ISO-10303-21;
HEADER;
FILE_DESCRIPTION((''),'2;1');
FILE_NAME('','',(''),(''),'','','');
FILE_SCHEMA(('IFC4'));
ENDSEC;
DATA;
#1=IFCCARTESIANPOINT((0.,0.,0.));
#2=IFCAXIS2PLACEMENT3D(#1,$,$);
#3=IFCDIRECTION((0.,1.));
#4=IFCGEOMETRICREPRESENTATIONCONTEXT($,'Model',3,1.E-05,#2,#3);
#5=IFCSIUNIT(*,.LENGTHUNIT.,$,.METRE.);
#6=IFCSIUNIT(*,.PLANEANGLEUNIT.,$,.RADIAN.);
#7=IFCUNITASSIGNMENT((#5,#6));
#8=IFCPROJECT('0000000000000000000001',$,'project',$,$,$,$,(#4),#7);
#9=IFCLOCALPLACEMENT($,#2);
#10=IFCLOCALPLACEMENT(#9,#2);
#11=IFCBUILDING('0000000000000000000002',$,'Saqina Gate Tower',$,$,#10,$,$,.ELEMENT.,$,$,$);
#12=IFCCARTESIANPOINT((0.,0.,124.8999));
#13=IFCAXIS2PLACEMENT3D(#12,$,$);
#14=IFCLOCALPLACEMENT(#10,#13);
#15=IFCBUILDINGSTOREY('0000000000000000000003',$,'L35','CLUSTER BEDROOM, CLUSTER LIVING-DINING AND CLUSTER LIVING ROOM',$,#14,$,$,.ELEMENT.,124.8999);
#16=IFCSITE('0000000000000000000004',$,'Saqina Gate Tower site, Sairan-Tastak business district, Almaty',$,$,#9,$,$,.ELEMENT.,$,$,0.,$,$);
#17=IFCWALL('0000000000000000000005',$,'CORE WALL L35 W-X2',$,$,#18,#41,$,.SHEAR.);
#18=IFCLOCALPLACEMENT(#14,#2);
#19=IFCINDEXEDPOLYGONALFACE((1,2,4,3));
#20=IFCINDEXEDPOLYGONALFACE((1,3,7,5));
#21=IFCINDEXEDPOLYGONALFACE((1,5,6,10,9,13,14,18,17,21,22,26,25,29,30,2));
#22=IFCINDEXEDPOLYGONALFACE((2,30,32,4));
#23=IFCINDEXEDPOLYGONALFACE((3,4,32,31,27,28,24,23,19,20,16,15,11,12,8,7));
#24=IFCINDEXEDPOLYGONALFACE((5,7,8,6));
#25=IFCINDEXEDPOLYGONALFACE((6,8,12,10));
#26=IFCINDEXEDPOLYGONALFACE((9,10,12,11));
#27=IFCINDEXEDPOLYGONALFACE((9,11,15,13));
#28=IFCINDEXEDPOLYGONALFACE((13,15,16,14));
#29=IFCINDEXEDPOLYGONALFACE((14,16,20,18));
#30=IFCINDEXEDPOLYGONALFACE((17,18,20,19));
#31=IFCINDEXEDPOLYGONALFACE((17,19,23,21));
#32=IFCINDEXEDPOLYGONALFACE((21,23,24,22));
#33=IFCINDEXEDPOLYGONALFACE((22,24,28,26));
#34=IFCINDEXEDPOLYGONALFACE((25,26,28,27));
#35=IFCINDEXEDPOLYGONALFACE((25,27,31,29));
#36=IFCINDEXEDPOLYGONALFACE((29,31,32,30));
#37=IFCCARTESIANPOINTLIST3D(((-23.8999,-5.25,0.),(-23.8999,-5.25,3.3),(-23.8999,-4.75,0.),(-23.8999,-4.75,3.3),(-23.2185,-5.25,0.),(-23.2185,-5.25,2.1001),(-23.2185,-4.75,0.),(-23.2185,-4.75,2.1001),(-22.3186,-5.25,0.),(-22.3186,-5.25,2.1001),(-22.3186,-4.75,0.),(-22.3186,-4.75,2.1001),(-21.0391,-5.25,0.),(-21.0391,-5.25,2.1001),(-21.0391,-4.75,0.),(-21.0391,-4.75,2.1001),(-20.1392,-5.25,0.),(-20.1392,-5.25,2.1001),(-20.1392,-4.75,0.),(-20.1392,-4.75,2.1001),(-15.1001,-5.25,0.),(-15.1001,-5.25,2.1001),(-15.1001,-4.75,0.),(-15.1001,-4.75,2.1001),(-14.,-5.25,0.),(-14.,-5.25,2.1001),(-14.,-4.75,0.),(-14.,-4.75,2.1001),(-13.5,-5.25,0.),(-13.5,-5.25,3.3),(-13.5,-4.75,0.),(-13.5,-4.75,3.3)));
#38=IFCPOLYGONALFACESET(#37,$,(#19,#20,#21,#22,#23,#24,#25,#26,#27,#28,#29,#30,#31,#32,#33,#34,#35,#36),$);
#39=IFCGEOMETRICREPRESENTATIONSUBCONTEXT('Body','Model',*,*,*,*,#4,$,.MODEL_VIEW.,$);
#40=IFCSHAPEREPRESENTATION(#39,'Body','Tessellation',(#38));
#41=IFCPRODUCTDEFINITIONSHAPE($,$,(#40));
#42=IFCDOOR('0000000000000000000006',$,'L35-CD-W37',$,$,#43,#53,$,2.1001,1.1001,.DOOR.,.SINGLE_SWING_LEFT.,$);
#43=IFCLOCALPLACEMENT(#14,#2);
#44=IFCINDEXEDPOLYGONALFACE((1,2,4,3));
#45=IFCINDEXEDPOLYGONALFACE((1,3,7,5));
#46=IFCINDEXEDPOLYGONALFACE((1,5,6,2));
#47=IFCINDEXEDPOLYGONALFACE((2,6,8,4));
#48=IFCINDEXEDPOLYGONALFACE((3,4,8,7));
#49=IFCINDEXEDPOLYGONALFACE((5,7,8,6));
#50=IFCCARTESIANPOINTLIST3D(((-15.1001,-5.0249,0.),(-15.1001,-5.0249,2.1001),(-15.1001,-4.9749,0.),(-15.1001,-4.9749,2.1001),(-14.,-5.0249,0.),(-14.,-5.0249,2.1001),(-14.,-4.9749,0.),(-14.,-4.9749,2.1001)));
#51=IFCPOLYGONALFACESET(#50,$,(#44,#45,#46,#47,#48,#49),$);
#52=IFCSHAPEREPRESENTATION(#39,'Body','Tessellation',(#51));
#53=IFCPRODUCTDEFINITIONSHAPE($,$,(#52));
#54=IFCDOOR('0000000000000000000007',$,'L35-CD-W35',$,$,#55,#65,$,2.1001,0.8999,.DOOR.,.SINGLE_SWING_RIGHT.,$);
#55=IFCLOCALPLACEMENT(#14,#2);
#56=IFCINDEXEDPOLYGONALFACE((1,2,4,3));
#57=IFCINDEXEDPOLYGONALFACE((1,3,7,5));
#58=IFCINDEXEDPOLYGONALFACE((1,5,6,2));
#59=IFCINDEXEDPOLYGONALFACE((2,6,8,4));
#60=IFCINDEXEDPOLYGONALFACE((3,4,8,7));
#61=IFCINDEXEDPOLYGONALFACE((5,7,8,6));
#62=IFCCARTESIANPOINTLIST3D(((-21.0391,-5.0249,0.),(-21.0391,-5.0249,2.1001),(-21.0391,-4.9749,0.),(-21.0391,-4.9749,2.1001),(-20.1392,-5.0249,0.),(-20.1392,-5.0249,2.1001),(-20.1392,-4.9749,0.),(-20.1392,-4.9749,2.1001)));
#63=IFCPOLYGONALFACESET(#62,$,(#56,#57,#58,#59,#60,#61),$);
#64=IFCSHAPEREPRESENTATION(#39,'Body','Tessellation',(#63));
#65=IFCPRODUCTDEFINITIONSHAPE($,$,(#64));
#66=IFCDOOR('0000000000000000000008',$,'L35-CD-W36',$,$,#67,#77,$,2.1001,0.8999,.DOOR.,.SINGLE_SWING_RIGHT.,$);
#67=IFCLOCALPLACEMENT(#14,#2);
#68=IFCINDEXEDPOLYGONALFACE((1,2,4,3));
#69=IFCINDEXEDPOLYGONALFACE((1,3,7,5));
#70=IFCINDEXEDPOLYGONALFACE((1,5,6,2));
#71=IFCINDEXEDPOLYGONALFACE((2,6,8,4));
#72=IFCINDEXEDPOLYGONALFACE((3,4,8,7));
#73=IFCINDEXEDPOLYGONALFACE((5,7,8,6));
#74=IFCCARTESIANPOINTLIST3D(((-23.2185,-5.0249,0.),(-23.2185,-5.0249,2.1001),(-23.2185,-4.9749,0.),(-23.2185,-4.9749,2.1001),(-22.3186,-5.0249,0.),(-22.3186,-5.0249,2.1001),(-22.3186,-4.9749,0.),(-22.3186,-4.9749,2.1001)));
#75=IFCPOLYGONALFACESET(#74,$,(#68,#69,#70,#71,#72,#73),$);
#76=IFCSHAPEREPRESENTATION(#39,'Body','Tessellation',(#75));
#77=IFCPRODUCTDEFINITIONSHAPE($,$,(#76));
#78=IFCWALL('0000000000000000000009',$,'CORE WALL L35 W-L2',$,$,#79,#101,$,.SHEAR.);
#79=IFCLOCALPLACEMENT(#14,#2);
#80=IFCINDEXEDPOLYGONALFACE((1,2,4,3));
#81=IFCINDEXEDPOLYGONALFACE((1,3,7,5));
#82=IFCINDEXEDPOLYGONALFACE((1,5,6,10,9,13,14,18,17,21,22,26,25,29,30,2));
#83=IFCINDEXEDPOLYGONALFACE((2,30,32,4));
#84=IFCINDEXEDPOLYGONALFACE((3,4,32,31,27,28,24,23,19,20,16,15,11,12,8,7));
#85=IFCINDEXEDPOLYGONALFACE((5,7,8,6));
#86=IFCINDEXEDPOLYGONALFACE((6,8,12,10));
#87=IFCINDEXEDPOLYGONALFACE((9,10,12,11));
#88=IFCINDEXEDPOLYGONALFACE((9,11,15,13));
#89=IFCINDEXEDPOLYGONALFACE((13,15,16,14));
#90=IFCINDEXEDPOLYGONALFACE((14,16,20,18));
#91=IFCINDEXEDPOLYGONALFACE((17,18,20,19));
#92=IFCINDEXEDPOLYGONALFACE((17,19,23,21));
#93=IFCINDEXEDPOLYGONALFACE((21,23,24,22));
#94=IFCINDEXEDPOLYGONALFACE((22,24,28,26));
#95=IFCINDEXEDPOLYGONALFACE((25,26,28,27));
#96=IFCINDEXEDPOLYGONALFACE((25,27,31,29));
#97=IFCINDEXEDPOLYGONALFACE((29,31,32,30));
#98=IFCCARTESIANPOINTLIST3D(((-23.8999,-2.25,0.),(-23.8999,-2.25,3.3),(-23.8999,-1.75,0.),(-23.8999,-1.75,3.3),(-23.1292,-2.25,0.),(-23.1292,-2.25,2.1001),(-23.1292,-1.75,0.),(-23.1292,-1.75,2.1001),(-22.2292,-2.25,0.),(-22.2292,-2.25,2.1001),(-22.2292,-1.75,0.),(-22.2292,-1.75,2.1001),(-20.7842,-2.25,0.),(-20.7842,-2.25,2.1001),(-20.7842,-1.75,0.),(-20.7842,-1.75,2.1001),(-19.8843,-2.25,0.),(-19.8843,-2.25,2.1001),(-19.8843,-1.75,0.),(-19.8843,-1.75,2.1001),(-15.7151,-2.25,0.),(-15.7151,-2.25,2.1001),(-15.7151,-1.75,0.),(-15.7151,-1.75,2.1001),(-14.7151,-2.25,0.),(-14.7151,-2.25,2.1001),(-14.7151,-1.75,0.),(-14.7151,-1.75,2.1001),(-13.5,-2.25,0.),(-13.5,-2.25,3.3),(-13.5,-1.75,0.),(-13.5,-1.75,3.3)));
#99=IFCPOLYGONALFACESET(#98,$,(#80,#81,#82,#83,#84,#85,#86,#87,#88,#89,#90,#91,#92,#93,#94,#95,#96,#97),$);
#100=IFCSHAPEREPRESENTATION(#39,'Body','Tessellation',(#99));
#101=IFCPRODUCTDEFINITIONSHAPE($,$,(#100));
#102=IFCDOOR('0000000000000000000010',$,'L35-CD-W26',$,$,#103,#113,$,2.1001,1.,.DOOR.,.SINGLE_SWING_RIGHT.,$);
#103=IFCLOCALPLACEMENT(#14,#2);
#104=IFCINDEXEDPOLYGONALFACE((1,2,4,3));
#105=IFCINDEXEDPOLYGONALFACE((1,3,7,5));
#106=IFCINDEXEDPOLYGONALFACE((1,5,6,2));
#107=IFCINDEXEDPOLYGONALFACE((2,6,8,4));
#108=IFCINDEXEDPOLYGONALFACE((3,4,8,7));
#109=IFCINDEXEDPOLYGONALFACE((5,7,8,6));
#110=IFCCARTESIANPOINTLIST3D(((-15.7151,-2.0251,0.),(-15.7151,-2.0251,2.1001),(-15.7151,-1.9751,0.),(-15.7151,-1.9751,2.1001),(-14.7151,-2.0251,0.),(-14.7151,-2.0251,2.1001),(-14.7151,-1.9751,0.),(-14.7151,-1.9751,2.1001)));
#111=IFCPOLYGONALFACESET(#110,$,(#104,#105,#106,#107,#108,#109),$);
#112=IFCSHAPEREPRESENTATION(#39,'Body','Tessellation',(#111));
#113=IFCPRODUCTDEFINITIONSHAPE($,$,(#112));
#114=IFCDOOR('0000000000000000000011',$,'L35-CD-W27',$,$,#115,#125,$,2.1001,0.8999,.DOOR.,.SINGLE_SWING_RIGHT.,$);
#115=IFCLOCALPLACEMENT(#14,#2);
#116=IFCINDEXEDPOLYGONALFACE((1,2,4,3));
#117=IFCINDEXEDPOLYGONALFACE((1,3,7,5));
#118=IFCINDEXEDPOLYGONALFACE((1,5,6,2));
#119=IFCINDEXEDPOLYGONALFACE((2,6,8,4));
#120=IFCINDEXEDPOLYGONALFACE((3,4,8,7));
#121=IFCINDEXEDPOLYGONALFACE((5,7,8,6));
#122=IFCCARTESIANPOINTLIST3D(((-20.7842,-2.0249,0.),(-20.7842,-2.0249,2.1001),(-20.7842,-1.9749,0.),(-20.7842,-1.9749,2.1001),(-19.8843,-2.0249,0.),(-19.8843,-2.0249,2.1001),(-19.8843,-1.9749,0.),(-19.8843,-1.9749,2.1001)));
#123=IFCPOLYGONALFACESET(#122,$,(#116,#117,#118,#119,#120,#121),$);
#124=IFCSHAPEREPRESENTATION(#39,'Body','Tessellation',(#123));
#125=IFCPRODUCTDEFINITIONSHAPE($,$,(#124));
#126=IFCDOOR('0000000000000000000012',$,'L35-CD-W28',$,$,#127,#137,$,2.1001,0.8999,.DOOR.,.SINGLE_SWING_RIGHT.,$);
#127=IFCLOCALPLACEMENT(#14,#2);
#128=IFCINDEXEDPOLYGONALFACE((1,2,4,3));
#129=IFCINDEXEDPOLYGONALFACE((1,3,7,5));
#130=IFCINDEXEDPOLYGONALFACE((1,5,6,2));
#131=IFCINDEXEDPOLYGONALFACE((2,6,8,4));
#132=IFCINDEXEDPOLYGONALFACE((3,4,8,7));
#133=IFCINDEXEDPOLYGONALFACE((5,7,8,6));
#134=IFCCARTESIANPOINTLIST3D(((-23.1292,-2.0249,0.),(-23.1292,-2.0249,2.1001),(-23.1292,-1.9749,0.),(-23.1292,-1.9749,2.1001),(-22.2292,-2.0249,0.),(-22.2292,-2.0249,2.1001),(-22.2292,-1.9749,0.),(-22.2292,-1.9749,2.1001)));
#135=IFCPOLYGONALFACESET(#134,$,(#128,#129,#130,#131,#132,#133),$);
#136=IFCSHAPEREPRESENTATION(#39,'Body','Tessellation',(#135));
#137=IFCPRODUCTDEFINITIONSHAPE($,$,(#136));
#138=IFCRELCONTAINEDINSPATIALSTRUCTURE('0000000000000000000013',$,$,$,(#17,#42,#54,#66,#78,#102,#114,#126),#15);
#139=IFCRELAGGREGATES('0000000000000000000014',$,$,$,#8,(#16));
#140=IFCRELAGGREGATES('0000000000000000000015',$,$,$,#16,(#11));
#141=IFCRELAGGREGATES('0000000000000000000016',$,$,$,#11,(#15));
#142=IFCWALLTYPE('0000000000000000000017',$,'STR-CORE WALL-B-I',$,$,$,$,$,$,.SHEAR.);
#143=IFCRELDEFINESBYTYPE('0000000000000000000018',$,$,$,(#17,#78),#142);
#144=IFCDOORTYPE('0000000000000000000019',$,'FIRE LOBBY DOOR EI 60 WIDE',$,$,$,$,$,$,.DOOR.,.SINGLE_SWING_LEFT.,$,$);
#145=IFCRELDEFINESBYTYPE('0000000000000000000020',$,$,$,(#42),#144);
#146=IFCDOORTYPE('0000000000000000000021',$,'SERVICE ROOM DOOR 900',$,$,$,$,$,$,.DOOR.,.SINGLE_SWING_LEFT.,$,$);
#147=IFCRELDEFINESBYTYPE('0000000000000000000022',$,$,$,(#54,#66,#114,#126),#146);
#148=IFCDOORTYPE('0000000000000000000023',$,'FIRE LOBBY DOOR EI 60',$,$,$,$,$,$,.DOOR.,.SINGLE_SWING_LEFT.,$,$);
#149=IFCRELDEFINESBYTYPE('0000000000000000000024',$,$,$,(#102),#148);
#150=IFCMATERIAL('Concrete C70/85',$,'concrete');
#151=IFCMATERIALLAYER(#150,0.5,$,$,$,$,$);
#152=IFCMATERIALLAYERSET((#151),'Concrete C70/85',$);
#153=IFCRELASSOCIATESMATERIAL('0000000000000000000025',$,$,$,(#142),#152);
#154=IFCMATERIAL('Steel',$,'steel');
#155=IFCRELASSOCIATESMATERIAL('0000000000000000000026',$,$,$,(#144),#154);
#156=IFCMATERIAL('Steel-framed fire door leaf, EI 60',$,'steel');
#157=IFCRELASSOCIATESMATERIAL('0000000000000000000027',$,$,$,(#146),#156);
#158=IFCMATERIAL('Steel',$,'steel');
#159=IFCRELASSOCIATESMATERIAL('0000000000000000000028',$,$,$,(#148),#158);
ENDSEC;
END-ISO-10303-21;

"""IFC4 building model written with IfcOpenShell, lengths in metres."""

from ifc_helpers import new_model, si_unit, direction, frame, frame_2d, origin, place, context, subcontext, project, spatial, rectangle, extrude, material, layer, layer_set, type_object, element, fill, save


model = new_model("IFC4")

# Units and contexts
model_context = context("Model", 3, precision=1e-05, world=origin(), true_north=direction((0.0, 1.0)))
body_context = subcontext(model_context, "Body", "Model", "MODEL_VIEW")
ifc_project = project(units=[si_unit("LENGTHUNIT", "METRE"), si_unit("PLANEANGLEUNIT", "RADIAN")], contexts=[model_context])

# Site, building, storey
site_placement = place(None, origin())
site = spatial("IfcSite", under=ifc_project, at=site_placement, Name="Saqina Gate Tower site, Sairan-Tastak business district, Almaty", CompositionType="ELEMENT", RefElevation=0.0)
building_placement = place(site_placement, origin())
building = spatial("IfcBuilding", under=site, at=building_placement, Name="Saqina Gate Tower", CompositionType="ELEMENT")
storey_placement = place(building_placement, frame((0.0, 0.0, 124.8999)))
storey = spatial("IfcBuildingStorey", under=building, at=storey_placement, Name="L35", Description="CLUSTER BEDROOM, CLUSTER LIVING-DINING AND CLUSTER LIVING ROOM", CompositionType="ELEMENT", Elevation=124.8999)

# Walls, openings, doors
ifc_material_1 = material(Name="Concrete C70/85", Category="concrete")
ifc_layer_1 = layer(ifc_material_1, 0.5)
ifc_layer_set_1 = layer_set([ifc_layer_1], Name="Concrete C70/85")
wall_type_1 = type_object("IfcWallType", Name="STR-CORE WALL-B-I", PredefinedType="SHEAR", material=ifc_layer_set_1)
wall_1_placement = place(storey_placement, frame((-13.5, -5.0, 0.0), z_axis=(0.0, 0.0, 1.0), x_axis=(-1.0, 0.0, 0.0)))
wall_1 = element("IfcWall", 1, at=wall_1_placement, inside=storey, type_object=wall_type_1, Name="CORE WALL L35 W-X2", PredefinedType="SHEAR", context=body_context, shape_type="SweptSolid", body=[
    extrude(rectangle(XDim=10.3999, YDim=0.5, at=frame_2d((5.2, 0.0))), origin(), (0.0, 0.0, 1.0), 3.3),
])
opening_1_placement = place(wall_1_placement, frame((6.6392, 0.0, 0.0)))
opening_1 = element("IfcOpeningElement", 2, at=opening_1_placement, cuts=wall_1, PredefinedType="OPENING", context=body_context, shape_type="SweptSolid", body=[
    extrude(rectangle(XDim=0.8999, YDim=2.1001, at=frame_2d((0.45, 1.05))), frame((0.0, 0.262, 0.0), z_axis=(0.0, -1.0, 0.0), x_axis=(1.0, 0.0, 0.0)), (0.0, 0.0, 1.0), 0.5239),
])
opening_2_placement = place(wall_1_placement, frame((8.8186, 0.0, 0.0)))
opening_2 = element("IfcOpeningElement", 3, at=opening_2_placement, cuts=wall_1, PredefinedType="OPENING", context=body_context, shape_type="SweptSolid", body=[
    extrude(rectangle(XDim=0.8999, YDim=2.1001, at=frame_2d((0.45, 1.05))), frame((0.0, 0.262, 0.0), z_axis=(0.0, -1.0, 0.0), x_axis=(1.0, 0.0, 0.0)), (0.0, 0.0, 1.0), 0.5239),
])
opening_3_placement = place(wall_1_placement, frame((0.5, 0.0, 0.0)))
opening_3 = element("IfcOpeningElement", 4, at=opening_3_placement, cuts=wall_1, PredefinedType="OPENING", context=body_context, shape_type="SweptSolid", body=[
    extrude(rectangle(XDim=1.1001, YDim=2.1001, at=frame_2d((0.55, 1.05))), frame((0.0, 0.262, 0.0), z_axis=(0.0, -1.0, 0.0), x_axis=(1.0, 0.0, 0.0)), (0.0, 0.0, 1.0), 0.5239),
])
ifc_material_2 = material(Name="Steel", Category="steel")
door_type_1 = type_object("IfcDoorType", Name="FIRE LOBBY DOOR EI 60 WIDE", OperationType="SINGLE_SWING_LEFT", PredefinedType="DOOR", material=ifc_material_2)
door_1_placement = place(opening_3_placement, origin())
door_1 = element("IfcDoor", 5, at=door_1_placement, inside=storey, type_object=door_type_1, Name="L35-CD-W37", OperationType="SINGLE_SWING_LEFT", OverallHeight=2.1001, OverallWidth=1.1001, PredefinedType="DOOR", context=body_context, shape_type="SweptSolid", body=[
    extrude(rectangle(XDim=1.1001, YDim=2.1001, at=frame_2d((0.55, 1.05))), frame((0.0, 0.0249, 0.0), z_axis=(0.0, -1.0, 0.0), x_axis=(1.0, 0.0, 0.0)), (0.0, 0.0, 1.0), 0.05),
])
fill(opening_3, door_1)
ifc_material_3 = material(Name="Steel-framed fire door leaf, EI 60", Category="steel")
door_type_2 = type_object("IfcDoorType", Name="SERVICE ROOM DOOR 900", OperationType="SINGLE_SWING_LEFT", PredefinedType="DOOR", material=ifc_material_3)
door_2_placement = place(opening_1_placement, origin())
door_2 = element("IfcDoor", 6, at=door_2_placement, inside=storey, type_object=door_type_2, Name="L35-CD-W35", OperationType="SINGLE_SWING_RIGHT", OverallHeight=2.1001, OverallWidth=0.8999, PredefinedType="DOOR", context=body_context, shape_type="SweptSolid", body=[
    extrude(rectangle(XDim=0.8999, YDim=2.1001, at=frame_2d((0.45, 1.05))), frame((0.0, 0.0249, 0.0), z_axis=(0.0, -1.0, 0.0), x_axis=(1.0, 0.0, 0.0)), (0.0, 0.0, 1.0), 0.05),
])
fill(opening_1, door_2)
door_3_placement = place(opening_2_placement, origin())
door_3 = element("IfcDoor", 7, at=door_3_placement, inside=storey, type_object=door_type_2, Name="L35-CD-W36", OperationType="SINGLE_SWING_RIGHT", OverallHeight=2.1001, OverallWidth=0.8999, PredefinedType="DOOR", context=body_context, shape_type="SweptSolid", body=[
    extrude(rectangle(XDim=0.8999, YDim=2.1001, at=frame_2d((0.45, 1.05))), frame((0.0, 0.0249, 0.0), z_axis=(0.0, -1.0, 0.0), x_axis=(1.0, 0.0, 0.0)), (0.0, 0.0, 1.0), 0.05),
])
fill(opening_2, door_3)
wall_2_placement = place(storey_placement, frame((-13.5, -2.0, 0.0), z_axis=(0.0, 0.0, 1.0), x_axis=(-1.0, 0.0, 0.0)))
wall_2 = element("IfcWall", 8, at=wall_2_placement, inside=storey, type_object=wall_type_1, Name="CORE WALL L35 W-L2", PredefinedType="SHEAR", context=body_context, shape_type="SweptSolid", body=[
    extrude(rectangle(XDim=10.3999, YDim=0.5, at=frame_2d((5.2, 0.0))), origin(), (0.0, 0.0, 1.0), 3.3),
])
opening_4_placement = place(wall_2_placement, frame((1.2151, 0.0, 0.0)))
opening_4 = element("IfcOpeningElement", 9, at=opening_4_placement, cuts=wall_2, PredefinedType="OPENING", context=body_context, shape_type="SweptSolid", body=[
    extrude(rectangle(XDim=1.0, YDim=2.1001, at=frame_2d((0.5, 1.05))), frame((0.0, 0.262, 0.0), z_axis=(0.0, -1.0, 0.0), x_axis=(1.0, 0.0, 0.0)), (0.0, 0.0, 1.0), 0.5239),
])
opening_5_placement = place(wall_2_placement, frame((6.3843, 0.0, 0.0)))
opening_5 = element("IfcOpeningElement", 10, at=opening_5_placement, cuts=wall_2, PredefinedType="OPENING", context=body_context, shape_type="SweptSolid", body=[
    extrude(rectangle(XDim=0.8999, YDim=2.1001, at=frame_2d((0.45, 1.05))), frame((0.0, 0.262, 0.0), z_axis=(0.0, -1.0, 0.0), x_axis=(1.0, 0.0, 0.0)), (0.0, 0.0, 1.0), 0.5239),
])
opening_6_placement = place(wall_2_placement, frame((8.7292, 0.0, 0.0)))
opening_6 = element("IfcOpeningElement", 11, at=opening_6_placement, cuts=wall_2, PredefinedType="OPENING", context=body_context, shape_type="SweptSolid", body=[
    extrude(rectangle(XDim=0.8999, YDim=2.1001, at=frame_2d((0.45, 1.05))), frame((0.0, 0.262, 0.0), z_axis=(0.0, -1.0, 0.0), x_axis=(1.0, 0.0, 0.0)), (0.0, 0.0, 1.0), 0.5239),
])
ifc_material_4 = material(Name="Steel", Category="steel")
door_type_3 = type_object("IfcDoorType", Name="FIRE LOBBY DOOR EI 60", OperationType="SINGLE_SWING_LEFT", PredefinedType="DOOR", material=ifc_material_4)
door_4_placement = place(opening_4_placement, frame((1.0, 0.0, 0.0), z_axis=(0.0, 0.0, 1.0), x_axis=(-1.0, 0.0, 0.0)))
door_4 = element("IfcDoor", 12, at=door_4_placement, inside=storey, type_object=door_type_3, Name="L35-CD-W26", OperationType="SINGLE_SWING_RIGHT", OverallHeight=2.1001, OverallWidth=1.0, PredefinedType="DOOR", context=body_context, shape_type="SweptSolid", body=[
    extrude(rectangle(XDim=1.0, YDim=2.1001, at=frame_2d((0.5, 1.05))), frame((0.0, 0.0249, 0.0), z_axis=(0.0, -1.0, 0.0), x_axis=(1.0, 0.0, 0.0)), (0.0, 0.0, 1.0), 0.05),
])
fill(opening_4, door_4)
door_5_placement = place(opening_5_placement, origin())
door_5 = element("IfcDoor", 13, at=door_5_placement, inside=storey, type_object=door_type_2, Name="L35-CD-W27", OperationType="SINGLE_SWING_RIGHT", OverallHeight=2.1001, OverallWidth=0.8999, PredefinedType="DOOR", context=body_context, shape_type="SweptSolid", body=[
    extrude(rectangle(XDim=0.8999, YDim=2.1001, at=frame_2d((0.45, 1.05))), frame((0.0, 0.0249, 0.0), z_axis=(0.0, -1.0, 0.0), x_axis=(1.0, 0.0, 0.0)), (0.0, 0.0, 1.0), 0.05),
])
fill(opening_5, door_5)
door_6_placement = place(opening_6_placement, origin())
door_6 = element("IfcDoor", 14, at=door_6_placement, inside=storey, type_object=door_type_2, Name="L35-CD-W28", OperationType="SINGLE_SWING_RIGHT", OverallHeight=2.1001, OverallWidth=0.8999, PredefinedType="DOOR", context=body_context, shape_type="SweptSolid", body=[
    extrude(rectangle(XDim=0.8999, YDim=2.1001, at=frame_2d((0.45, 1.05))), frame((0.0, 0.0249, 0.0), z_axis=(0.0, -1.0, 0.0), x_axis=(1.0, 0.0, 0.0)), (0.0, 0.0, 1.0), 0.05),
])
fill(opening_6, door_6)

save(model, "model.ifc")
